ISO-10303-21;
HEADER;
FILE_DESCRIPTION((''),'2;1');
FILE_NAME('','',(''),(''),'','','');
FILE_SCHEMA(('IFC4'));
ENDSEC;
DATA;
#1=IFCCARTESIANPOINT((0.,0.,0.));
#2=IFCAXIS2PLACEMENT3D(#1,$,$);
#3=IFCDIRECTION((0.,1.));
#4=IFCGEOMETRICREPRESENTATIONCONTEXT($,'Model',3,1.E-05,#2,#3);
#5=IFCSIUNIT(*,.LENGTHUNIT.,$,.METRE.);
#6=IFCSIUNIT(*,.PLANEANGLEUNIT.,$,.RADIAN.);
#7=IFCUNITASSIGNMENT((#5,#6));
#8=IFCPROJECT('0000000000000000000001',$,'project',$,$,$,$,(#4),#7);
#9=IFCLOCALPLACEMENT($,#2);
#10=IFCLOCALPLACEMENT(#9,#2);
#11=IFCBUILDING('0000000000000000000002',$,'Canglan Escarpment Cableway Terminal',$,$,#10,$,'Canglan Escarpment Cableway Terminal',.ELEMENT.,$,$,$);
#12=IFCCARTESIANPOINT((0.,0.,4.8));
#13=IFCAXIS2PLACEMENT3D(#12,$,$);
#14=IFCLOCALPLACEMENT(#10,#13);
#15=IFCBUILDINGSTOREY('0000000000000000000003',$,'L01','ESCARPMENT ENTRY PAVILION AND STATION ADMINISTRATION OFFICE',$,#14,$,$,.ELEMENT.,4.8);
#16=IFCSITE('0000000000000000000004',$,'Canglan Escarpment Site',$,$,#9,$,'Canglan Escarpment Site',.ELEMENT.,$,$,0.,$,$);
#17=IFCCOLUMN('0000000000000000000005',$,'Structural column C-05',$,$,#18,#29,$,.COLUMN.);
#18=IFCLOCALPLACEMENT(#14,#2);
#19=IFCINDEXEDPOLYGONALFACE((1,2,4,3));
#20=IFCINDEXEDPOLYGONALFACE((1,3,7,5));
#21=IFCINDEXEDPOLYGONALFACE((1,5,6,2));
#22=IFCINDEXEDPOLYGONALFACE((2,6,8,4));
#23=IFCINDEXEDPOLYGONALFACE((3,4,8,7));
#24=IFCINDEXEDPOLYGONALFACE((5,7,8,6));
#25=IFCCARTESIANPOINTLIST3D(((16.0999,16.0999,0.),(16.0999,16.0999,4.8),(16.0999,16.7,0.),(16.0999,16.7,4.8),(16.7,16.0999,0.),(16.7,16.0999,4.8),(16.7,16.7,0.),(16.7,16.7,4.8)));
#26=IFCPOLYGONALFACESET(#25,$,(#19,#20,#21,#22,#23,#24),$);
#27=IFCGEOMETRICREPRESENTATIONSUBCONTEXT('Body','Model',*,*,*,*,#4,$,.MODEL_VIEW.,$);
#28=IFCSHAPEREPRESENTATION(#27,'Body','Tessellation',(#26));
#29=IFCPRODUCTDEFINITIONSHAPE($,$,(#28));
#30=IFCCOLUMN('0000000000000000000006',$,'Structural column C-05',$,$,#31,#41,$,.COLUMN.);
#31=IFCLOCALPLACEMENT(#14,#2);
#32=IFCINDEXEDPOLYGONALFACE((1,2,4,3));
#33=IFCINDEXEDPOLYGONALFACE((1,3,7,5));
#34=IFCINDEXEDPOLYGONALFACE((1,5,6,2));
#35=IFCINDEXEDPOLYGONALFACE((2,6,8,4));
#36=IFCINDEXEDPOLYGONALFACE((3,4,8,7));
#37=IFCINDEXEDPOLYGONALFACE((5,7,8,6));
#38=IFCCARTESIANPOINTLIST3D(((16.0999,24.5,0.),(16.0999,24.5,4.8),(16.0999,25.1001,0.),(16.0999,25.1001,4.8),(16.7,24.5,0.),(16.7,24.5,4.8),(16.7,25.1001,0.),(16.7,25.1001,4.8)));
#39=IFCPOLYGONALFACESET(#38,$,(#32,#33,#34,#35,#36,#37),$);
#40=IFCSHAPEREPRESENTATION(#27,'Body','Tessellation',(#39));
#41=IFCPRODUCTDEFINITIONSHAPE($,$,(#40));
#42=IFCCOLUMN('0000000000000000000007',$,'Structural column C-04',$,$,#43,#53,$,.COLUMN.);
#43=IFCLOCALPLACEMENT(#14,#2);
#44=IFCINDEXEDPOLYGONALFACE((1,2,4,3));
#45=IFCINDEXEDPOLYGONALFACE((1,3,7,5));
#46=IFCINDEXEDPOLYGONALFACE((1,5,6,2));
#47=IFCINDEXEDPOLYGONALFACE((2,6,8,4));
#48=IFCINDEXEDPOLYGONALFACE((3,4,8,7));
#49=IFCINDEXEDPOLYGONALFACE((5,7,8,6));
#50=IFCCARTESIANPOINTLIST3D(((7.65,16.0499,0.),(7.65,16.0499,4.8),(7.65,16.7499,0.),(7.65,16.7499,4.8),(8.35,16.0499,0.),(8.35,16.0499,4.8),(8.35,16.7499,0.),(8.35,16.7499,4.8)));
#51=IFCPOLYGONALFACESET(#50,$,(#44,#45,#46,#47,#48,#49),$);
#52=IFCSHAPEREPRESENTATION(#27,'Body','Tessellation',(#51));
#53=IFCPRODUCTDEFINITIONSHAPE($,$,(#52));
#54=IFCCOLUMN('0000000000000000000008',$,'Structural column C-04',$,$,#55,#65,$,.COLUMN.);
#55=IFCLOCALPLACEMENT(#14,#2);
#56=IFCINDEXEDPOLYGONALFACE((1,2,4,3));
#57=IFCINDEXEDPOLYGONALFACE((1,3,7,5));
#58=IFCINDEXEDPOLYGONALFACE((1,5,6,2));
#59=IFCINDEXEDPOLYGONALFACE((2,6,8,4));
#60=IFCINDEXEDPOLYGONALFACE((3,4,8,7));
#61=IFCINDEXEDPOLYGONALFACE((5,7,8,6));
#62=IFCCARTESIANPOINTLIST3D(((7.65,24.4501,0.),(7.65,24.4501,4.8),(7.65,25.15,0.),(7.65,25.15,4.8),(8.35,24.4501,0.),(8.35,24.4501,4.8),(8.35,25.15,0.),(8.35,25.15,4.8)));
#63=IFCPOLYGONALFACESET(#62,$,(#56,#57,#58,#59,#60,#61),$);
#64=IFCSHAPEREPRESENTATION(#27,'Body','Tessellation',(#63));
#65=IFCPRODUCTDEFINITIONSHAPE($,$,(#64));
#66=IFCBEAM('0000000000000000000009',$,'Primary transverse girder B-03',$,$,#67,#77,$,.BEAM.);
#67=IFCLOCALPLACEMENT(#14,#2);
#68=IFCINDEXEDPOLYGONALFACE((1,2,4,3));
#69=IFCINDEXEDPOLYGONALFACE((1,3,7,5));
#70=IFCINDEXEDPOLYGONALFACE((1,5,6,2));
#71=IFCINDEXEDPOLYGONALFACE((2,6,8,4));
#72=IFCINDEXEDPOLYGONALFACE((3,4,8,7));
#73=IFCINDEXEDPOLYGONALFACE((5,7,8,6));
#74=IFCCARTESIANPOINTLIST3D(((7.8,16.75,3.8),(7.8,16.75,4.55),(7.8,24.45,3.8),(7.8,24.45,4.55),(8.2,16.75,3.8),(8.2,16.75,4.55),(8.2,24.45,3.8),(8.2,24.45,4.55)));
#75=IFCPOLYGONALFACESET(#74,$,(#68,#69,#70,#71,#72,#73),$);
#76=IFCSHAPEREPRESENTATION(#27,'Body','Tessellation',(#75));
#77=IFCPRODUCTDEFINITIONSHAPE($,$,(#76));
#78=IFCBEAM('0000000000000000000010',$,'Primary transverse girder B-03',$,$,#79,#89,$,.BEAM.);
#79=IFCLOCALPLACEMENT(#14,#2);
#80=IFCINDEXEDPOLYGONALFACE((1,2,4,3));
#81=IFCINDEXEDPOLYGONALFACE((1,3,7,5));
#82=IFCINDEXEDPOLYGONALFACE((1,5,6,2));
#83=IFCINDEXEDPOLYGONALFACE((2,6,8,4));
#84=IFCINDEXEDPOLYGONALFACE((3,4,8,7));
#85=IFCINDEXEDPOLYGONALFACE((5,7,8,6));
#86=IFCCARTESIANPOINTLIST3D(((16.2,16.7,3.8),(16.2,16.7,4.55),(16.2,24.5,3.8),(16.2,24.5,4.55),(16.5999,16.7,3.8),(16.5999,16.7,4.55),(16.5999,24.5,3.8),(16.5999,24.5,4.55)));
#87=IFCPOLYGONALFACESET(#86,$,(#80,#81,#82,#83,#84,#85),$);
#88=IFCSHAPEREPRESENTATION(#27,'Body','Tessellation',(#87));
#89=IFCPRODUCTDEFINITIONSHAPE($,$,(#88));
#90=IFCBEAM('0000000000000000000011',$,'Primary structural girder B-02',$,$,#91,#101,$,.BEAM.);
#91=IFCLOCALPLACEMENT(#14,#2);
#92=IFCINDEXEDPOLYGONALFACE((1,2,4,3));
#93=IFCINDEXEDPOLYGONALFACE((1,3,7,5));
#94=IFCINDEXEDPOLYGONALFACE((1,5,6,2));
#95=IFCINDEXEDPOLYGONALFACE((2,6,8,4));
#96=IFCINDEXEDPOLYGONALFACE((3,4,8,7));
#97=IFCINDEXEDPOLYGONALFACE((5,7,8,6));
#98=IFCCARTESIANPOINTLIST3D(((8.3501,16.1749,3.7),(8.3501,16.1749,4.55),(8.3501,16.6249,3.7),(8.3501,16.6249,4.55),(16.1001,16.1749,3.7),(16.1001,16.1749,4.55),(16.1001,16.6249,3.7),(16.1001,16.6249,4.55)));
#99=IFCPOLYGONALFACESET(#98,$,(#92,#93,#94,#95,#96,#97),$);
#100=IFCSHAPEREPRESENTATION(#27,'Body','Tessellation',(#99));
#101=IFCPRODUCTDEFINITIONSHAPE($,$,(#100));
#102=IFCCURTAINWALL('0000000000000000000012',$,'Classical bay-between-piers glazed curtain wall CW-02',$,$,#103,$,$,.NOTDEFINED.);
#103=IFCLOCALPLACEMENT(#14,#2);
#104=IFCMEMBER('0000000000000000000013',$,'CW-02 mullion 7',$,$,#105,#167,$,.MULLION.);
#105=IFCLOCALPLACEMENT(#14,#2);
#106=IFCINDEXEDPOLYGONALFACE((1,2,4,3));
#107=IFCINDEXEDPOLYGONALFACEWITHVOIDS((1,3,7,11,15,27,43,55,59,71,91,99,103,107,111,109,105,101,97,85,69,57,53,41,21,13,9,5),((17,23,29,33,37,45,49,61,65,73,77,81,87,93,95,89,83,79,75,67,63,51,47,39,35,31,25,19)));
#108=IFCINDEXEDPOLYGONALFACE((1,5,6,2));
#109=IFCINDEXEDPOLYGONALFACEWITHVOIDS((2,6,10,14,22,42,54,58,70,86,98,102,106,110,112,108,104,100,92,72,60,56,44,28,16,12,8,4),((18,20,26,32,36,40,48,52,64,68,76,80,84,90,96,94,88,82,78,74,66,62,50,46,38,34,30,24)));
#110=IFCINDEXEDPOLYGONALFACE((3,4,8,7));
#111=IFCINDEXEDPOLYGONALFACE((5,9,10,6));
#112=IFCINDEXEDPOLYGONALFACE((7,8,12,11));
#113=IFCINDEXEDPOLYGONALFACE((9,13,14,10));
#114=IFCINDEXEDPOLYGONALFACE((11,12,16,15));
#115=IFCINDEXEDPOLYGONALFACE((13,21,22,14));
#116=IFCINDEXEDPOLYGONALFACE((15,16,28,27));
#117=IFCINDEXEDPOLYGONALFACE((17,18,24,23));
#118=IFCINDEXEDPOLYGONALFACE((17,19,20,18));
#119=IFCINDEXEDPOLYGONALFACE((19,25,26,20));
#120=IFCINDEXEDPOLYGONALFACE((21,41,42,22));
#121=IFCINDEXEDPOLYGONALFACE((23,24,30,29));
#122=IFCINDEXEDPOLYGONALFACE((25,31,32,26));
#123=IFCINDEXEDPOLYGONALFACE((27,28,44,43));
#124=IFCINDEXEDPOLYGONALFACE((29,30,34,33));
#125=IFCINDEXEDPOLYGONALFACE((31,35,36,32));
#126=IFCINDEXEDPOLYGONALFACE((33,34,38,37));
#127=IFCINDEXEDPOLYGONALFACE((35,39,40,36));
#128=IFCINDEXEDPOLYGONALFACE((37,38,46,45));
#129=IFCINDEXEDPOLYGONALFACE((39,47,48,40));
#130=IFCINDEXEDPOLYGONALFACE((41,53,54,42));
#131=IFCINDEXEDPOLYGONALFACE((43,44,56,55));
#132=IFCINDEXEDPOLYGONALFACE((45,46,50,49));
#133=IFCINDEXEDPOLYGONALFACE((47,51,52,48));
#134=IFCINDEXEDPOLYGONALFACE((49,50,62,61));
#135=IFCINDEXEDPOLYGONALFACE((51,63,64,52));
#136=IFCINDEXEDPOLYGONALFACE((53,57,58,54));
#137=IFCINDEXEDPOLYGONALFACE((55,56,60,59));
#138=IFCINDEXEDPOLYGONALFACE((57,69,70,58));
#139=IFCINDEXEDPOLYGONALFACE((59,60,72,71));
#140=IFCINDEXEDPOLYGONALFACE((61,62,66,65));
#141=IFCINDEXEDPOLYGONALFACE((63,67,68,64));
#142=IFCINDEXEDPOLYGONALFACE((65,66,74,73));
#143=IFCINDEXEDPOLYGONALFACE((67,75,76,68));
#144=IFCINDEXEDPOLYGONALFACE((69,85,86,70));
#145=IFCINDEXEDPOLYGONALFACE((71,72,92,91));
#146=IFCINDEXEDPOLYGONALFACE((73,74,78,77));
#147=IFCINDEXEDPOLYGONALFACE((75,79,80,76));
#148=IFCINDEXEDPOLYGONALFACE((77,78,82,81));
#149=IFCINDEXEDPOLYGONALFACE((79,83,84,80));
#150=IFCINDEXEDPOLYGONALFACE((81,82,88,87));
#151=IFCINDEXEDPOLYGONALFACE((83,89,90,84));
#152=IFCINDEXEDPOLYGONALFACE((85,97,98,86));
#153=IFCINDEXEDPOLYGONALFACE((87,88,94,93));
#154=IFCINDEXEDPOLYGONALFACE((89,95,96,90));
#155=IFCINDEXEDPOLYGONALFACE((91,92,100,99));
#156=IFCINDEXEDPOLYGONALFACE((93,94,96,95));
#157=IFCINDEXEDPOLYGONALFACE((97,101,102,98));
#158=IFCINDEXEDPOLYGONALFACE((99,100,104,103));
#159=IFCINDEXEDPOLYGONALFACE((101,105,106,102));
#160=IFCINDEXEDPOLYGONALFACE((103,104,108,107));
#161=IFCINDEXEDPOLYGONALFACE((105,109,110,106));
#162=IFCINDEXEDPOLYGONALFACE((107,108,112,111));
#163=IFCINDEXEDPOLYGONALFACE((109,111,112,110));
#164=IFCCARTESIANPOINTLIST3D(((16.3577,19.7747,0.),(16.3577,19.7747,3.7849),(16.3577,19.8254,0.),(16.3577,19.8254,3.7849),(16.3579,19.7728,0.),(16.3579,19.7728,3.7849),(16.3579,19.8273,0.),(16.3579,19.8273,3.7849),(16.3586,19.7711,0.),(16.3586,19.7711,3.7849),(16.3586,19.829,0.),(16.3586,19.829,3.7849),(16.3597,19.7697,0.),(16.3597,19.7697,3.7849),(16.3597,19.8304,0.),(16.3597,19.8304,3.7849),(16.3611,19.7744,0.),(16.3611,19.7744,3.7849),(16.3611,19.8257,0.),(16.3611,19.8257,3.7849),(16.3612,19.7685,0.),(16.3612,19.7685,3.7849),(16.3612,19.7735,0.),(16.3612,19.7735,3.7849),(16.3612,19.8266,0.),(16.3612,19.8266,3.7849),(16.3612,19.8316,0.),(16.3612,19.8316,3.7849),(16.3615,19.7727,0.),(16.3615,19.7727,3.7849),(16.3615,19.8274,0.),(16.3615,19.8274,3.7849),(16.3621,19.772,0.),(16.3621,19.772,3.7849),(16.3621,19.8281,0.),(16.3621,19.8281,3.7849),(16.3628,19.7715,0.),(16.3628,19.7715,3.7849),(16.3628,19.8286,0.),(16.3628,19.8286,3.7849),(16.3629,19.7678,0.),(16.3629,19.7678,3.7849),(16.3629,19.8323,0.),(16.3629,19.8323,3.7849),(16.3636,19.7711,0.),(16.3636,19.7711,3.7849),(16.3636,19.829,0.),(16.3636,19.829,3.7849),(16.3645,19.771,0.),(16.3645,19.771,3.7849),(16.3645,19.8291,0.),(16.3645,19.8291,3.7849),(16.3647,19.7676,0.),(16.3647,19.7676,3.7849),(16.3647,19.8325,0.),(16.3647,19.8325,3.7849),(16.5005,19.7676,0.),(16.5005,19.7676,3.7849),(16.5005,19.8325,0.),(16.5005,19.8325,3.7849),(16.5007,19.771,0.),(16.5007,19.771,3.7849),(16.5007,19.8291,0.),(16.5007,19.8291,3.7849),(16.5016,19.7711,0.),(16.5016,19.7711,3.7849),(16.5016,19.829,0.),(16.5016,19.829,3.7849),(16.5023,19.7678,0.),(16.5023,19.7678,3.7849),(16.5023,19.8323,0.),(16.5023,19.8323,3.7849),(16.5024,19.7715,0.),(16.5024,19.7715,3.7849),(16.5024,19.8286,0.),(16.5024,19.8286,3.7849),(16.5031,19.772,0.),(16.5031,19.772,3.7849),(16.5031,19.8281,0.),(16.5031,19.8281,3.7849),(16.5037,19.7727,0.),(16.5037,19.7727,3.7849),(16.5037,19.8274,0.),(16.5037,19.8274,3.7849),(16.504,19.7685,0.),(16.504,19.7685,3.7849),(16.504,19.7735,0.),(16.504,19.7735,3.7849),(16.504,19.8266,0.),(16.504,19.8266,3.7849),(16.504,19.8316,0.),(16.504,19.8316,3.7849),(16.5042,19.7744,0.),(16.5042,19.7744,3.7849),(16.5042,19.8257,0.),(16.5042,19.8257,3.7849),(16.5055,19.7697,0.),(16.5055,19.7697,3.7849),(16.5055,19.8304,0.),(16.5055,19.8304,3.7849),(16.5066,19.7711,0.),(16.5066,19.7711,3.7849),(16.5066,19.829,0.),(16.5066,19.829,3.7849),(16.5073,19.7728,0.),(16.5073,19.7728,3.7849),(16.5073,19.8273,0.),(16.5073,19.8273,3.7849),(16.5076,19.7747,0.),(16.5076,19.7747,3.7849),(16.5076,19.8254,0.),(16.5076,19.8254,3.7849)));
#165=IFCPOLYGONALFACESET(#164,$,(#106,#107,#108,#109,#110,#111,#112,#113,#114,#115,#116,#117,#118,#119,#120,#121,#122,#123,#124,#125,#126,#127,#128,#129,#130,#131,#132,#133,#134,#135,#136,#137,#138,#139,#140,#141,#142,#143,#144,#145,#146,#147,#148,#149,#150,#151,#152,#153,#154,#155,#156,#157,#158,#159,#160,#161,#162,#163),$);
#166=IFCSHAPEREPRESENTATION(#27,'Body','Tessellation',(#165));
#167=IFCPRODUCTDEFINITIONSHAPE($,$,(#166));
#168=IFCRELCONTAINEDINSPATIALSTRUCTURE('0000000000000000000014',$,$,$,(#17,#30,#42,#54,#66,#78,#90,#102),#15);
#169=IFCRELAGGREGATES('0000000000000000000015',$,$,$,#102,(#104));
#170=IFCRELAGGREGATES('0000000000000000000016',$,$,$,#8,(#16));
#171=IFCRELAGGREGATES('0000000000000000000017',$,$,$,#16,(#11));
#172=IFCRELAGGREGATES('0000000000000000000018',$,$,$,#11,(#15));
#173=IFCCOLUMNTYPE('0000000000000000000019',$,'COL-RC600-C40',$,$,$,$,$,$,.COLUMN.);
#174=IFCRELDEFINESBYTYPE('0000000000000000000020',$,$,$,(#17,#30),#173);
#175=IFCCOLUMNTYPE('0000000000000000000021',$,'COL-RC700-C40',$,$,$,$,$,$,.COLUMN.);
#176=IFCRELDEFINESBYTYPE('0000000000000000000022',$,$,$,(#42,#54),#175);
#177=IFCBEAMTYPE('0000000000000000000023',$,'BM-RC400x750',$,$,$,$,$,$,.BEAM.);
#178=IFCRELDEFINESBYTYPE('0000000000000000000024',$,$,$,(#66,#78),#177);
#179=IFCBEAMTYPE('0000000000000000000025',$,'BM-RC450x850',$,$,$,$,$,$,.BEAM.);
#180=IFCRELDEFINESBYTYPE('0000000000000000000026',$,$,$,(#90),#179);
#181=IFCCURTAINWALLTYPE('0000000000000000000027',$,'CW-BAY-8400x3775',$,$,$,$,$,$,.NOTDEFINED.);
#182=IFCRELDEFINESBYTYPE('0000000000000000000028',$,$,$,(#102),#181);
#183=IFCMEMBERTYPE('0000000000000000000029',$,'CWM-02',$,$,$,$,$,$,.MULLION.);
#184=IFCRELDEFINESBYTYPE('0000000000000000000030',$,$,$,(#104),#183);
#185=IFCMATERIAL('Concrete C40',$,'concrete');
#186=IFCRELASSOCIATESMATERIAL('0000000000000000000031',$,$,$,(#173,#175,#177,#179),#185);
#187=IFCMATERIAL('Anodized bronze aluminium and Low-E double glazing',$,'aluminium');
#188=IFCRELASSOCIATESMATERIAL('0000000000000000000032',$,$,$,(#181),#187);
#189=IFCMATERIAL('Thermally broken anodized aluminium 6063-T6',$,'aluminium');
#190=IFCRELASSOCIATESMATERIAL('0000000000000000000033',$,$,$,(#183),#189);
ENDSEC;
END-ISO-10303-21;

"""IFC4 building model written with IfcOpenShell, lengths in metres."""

from ifc_helpers import new_model, si_unit, direction, frame, origin, origin_2d, place, context, subcontext, project, spatial, rectangle, hollow_rectangle, extrude, material, material_profile, profile_set, type_object, element, aggregate, save


model = new_model("IFC4")

# Units and contexts
model_context = context("Model", 3, precision=1e-05, world=origin(), true_north=direction((0.0, 1.0)))
body_context = subcontext(model_context, "Body", "Model", "MODEL_VIEW")
ifc_project = project(units=[si_unit("LENGTHUNIT", "METRE"), si_unit("PLANEANGLEUNIT", "RADIAN")], contexts=[model_context])

# Site, building, storey
site_placement = place(None, origin())
site = spatial("IfcSite", under=ifc_project, at=site_placement, Name="Canglan Escarpment Site", LongName="Canglan Escarpment Site", CompositionType="ELEMENT", RefElevation=0.0)
building_placement = place(site_placement, origin())
building = spatial("IfcBuilding", under=site, at=building_placement, Name="Canglan Escarpment Cableway Terminal", LongName="Canglan Escarpment Cableway Terminal", CompositionType="ELEMENT")
storey_placement = place(building_placement, frame((0.0, 0.0, 4.8)))
storey = spatial("IfcBuildingStorey", under=building, at=storey_placement, Name="L01", Description="ESCARPMENT ENTRY PAVILION AND STATION ADMINISTRATION OFFICE", CompositionType="ELEMENT", Elevation=4.8)

# Columns
ifc_material_1 = material(Name="Concrete C40", Category="concrete")
ifc_material_profile_1 = material_profile(ifc_material_1, rectangle(XDim=0.6001, YDim=0.6001, at=origin_2d()), Name="RC 600x600")
ifc_profile_set_1 = profile_set([ifc_material_profile_1], Name="Concrete C40")
column_type_1 = type_object("IfcColumnType", Name="COL-RC600-C40", PredefinedType="COLUMN", material=ifc_profile_set_1)
for number, where, z_axis, x_axis, name in (
    (1, (16.3999, 16.3999, 0.0), (0.0, 0.0, 1.0), (1.0, 0.0, 0.0), "Structural column C-05"),
    (2, (16.3999, 24.8, 0.0), (0.0, 0.0, 1.0), (1.0, 0.0, 0.0), "Structural column C-05"),
):
    element("IfcColumn", number, at=place(storey_placement, frame(where, z_axis=z_axis, x_axis=x_axis)), inside=storey, type_object=column_type_1, Name=name, PredefinedType="COLUMN", context=body_context, shape_type="SweptSolid", body=[
        extrude(rectangle(XDim=0.6001, YDim=0.6001, at=origin_2d()), origin(), (0.0, 0.0, 1.0), 4.8),
    ])
ifc_material_profile_2 = material_profile(ifc_material_1, rectangle(XDim=0.7, YDim=0.7, at=origin_2d()), Name="RC 700x700")
ifc_profile_set_2 = profile_set([ifc_material_profile_2], Name="Concrete C40")
column_type_2 = type_object("IfcColumnType", Name="COL-RC700-C40", PredefinedType="COLUMN", material=ifc_profile_set_2)
for number, where, z_axis, x_axis, name in (
    (3, (8.0, 16.3999, 0.0), (0.0, 0.0, 1.0), (1.0, 0.0, 0.0), "Structural column C-04"),
    (4, (8.0, 24.8, 0.0), (0.0, 0.0, 1.0), (1.0, 0.0, 0.0), "Structural column C-04"),
):
    element("IfcColumn", number, at=place(storey_placement, frame(where, z_axis=z_axis, x_axis=x_axis)), inside=storey, type_object=column_type_2, Name=name, PredefinedType="COLUMN", context=body_context, shape_type="SweptSolid", body=[
        extrude(rectangle(XDim=0.7, YDim=0.7, at=origin_2d()), origin(), (0.0, 0.0, 1.0), 4.8),
    ])

# Beams
ifc_material_profile_3 = material_profile(ifc_material_1, rectangle(XDim=0.3999, YDim=0.75, at=origin_2d()), Name="RC 400x750")
ifc_profile_set_3 = profile_set([ifc_material_profile_3], Name="Concrete C40")
beam_type_1 = type_object("IfcBeamType", Name="BM-RC400x750", PredefinedType="BEAM", material=ifc_profile_set_3)
beam_1_placement = place(storey_placement, frame((8.0, 16.75, 4.175), z_axis=(0.0, 1.0, 0.0), x_axis=(-1.0, 0.0, 0.0)))
element("IfcBeam", 5, at=beam_1_placement, inside=storey, type_object=beam_type_1, Name="Primary transverse girder B-03", PredefinedType="BEAM", context=body_context, shape_type="SweptSolid", body=[
    extrude(rectangle(XDim=0.3999, YDim=0.75, at=origin_2d()), origin(), (0.0, 0.0, 1.0), 7.7),
])
beam_2_placement = place(storey_placement, frame((16.3999, 16.7, 4.175), z_axis=(0.0, 1.0, 0.0), x_axis=(-1.0, 0.0, 0.0)))
element("IfcBeam", 6, at=beam_2_placement, inside=storey, type_object=beam_type_1, Name="Primary transverse girder B-03", PredefinedType="BEAM", context=body_context, shape_type="SweptSolid", body=[
    extrude(rectangle(XDim=0.3999, YDim=0.75, at=origin_2d()), origin(), (0.0, 0.0, 1.0), 7.8),
])
ifc_material_profile_4 = material_profile(ifc_material_1, rectangle(XDim=0.45, YDim=0.8501, at=origin_2d()), Name="RC 450x850")
ifc_profile_set_4 = profile_set([ifc_material_profile_4], Name="Concrete C40")
beam_type_2 = type_object("IfcBeamType", Name="BM-RC450x850", PredefinedType="BEAM", material=ifc_profile_set_4)
beam_3_placement = place(storey_placement, frame((8.3501, 16.3999, 4.125), z_axis=(1.0, 0.0, 0.0), x_axis=(0.0, 1.0, 0.0)))
element("IfcBeam", 7, at=beam_3_placement, inside=storey, type_object=beam_type_2, Name="Primary structural girder B-02", PredefinedType="BEAM", context=body_context, shape_type="SweptSolid", body=[
    extrude(rectangle(XDim=0.45, YDim=0.8501, at=origin_2d()), origin(), (0.0, 0.0, 1.0), 7.75),
])

# Curtain wall, member
ifc_material_2 = material(Name="Anodized bronze aluminium and Low-E double glazing", Category="aluminium")
curtain_wall_type = type_object("IfcCurtainWallType", Name="CW-BAY-8400x3775", PredefinedType="NOTDEFINED", material=ifc_material_2)
curtain_wall_placement = place(storey_placement, origin())
curtain_wall = element("IfcCurtainWall", 8, at=curtain_wall_placement, inside=storey, type_object=curtain_wall_type, Name="Classical bay-between-piers glazed curtain wall CW-02", PredefinedType="NOTDEFINED")
ifc_material_3 = material(Name="Thermally broken anodized aluminium 6063-T6", Category="aluminium")
ifc_material_profile_5 = material_profile(ifc_material_3, hollow_rectangle(XDim=0.0649, YDim=0.1499, WallThickness=0.0034, InnerFilletRadius=0.0034, OuterFilletRadius=0.0071, at=origin_2d()), Name="ALU-MULL 65x150x3.5")
ifc_profile_set_5 = profile_set([ifc_material_profile_5], Name="Thermally broken anodized aluminium 6063-T6")
member_type = type_object("IfcMemberType", Name="CWM-02", PredefinedType="MULLION", material=ifc_profile_set_5)
member_placement = place(storey_placement, frame((16.4326, 19.8, 0.0), z_axis=(0.0, 0.0, 1.0), x_axis=(0.0, -1.0, 0.0)))
member = element("IfcMember", 9, at=member_placement, type_object=member_type, Name="CW-02 mullion 7", PredefinedType="MULLION", context=body_context, shape_type="SweptSolid", body=[
    extrude(hollow_rectangle(XDim=0.0649, YDim=0.1499, WallThickness=0.0034, InnerFilletRadius=0.0034, OuterFilletRadius=0.0071, at=origin_2d()), origin(), (0.0, 0.0, 1.0), 3.7849),
])
aggregate(curtain_wall, [member])

save(model, "model.ifc")
